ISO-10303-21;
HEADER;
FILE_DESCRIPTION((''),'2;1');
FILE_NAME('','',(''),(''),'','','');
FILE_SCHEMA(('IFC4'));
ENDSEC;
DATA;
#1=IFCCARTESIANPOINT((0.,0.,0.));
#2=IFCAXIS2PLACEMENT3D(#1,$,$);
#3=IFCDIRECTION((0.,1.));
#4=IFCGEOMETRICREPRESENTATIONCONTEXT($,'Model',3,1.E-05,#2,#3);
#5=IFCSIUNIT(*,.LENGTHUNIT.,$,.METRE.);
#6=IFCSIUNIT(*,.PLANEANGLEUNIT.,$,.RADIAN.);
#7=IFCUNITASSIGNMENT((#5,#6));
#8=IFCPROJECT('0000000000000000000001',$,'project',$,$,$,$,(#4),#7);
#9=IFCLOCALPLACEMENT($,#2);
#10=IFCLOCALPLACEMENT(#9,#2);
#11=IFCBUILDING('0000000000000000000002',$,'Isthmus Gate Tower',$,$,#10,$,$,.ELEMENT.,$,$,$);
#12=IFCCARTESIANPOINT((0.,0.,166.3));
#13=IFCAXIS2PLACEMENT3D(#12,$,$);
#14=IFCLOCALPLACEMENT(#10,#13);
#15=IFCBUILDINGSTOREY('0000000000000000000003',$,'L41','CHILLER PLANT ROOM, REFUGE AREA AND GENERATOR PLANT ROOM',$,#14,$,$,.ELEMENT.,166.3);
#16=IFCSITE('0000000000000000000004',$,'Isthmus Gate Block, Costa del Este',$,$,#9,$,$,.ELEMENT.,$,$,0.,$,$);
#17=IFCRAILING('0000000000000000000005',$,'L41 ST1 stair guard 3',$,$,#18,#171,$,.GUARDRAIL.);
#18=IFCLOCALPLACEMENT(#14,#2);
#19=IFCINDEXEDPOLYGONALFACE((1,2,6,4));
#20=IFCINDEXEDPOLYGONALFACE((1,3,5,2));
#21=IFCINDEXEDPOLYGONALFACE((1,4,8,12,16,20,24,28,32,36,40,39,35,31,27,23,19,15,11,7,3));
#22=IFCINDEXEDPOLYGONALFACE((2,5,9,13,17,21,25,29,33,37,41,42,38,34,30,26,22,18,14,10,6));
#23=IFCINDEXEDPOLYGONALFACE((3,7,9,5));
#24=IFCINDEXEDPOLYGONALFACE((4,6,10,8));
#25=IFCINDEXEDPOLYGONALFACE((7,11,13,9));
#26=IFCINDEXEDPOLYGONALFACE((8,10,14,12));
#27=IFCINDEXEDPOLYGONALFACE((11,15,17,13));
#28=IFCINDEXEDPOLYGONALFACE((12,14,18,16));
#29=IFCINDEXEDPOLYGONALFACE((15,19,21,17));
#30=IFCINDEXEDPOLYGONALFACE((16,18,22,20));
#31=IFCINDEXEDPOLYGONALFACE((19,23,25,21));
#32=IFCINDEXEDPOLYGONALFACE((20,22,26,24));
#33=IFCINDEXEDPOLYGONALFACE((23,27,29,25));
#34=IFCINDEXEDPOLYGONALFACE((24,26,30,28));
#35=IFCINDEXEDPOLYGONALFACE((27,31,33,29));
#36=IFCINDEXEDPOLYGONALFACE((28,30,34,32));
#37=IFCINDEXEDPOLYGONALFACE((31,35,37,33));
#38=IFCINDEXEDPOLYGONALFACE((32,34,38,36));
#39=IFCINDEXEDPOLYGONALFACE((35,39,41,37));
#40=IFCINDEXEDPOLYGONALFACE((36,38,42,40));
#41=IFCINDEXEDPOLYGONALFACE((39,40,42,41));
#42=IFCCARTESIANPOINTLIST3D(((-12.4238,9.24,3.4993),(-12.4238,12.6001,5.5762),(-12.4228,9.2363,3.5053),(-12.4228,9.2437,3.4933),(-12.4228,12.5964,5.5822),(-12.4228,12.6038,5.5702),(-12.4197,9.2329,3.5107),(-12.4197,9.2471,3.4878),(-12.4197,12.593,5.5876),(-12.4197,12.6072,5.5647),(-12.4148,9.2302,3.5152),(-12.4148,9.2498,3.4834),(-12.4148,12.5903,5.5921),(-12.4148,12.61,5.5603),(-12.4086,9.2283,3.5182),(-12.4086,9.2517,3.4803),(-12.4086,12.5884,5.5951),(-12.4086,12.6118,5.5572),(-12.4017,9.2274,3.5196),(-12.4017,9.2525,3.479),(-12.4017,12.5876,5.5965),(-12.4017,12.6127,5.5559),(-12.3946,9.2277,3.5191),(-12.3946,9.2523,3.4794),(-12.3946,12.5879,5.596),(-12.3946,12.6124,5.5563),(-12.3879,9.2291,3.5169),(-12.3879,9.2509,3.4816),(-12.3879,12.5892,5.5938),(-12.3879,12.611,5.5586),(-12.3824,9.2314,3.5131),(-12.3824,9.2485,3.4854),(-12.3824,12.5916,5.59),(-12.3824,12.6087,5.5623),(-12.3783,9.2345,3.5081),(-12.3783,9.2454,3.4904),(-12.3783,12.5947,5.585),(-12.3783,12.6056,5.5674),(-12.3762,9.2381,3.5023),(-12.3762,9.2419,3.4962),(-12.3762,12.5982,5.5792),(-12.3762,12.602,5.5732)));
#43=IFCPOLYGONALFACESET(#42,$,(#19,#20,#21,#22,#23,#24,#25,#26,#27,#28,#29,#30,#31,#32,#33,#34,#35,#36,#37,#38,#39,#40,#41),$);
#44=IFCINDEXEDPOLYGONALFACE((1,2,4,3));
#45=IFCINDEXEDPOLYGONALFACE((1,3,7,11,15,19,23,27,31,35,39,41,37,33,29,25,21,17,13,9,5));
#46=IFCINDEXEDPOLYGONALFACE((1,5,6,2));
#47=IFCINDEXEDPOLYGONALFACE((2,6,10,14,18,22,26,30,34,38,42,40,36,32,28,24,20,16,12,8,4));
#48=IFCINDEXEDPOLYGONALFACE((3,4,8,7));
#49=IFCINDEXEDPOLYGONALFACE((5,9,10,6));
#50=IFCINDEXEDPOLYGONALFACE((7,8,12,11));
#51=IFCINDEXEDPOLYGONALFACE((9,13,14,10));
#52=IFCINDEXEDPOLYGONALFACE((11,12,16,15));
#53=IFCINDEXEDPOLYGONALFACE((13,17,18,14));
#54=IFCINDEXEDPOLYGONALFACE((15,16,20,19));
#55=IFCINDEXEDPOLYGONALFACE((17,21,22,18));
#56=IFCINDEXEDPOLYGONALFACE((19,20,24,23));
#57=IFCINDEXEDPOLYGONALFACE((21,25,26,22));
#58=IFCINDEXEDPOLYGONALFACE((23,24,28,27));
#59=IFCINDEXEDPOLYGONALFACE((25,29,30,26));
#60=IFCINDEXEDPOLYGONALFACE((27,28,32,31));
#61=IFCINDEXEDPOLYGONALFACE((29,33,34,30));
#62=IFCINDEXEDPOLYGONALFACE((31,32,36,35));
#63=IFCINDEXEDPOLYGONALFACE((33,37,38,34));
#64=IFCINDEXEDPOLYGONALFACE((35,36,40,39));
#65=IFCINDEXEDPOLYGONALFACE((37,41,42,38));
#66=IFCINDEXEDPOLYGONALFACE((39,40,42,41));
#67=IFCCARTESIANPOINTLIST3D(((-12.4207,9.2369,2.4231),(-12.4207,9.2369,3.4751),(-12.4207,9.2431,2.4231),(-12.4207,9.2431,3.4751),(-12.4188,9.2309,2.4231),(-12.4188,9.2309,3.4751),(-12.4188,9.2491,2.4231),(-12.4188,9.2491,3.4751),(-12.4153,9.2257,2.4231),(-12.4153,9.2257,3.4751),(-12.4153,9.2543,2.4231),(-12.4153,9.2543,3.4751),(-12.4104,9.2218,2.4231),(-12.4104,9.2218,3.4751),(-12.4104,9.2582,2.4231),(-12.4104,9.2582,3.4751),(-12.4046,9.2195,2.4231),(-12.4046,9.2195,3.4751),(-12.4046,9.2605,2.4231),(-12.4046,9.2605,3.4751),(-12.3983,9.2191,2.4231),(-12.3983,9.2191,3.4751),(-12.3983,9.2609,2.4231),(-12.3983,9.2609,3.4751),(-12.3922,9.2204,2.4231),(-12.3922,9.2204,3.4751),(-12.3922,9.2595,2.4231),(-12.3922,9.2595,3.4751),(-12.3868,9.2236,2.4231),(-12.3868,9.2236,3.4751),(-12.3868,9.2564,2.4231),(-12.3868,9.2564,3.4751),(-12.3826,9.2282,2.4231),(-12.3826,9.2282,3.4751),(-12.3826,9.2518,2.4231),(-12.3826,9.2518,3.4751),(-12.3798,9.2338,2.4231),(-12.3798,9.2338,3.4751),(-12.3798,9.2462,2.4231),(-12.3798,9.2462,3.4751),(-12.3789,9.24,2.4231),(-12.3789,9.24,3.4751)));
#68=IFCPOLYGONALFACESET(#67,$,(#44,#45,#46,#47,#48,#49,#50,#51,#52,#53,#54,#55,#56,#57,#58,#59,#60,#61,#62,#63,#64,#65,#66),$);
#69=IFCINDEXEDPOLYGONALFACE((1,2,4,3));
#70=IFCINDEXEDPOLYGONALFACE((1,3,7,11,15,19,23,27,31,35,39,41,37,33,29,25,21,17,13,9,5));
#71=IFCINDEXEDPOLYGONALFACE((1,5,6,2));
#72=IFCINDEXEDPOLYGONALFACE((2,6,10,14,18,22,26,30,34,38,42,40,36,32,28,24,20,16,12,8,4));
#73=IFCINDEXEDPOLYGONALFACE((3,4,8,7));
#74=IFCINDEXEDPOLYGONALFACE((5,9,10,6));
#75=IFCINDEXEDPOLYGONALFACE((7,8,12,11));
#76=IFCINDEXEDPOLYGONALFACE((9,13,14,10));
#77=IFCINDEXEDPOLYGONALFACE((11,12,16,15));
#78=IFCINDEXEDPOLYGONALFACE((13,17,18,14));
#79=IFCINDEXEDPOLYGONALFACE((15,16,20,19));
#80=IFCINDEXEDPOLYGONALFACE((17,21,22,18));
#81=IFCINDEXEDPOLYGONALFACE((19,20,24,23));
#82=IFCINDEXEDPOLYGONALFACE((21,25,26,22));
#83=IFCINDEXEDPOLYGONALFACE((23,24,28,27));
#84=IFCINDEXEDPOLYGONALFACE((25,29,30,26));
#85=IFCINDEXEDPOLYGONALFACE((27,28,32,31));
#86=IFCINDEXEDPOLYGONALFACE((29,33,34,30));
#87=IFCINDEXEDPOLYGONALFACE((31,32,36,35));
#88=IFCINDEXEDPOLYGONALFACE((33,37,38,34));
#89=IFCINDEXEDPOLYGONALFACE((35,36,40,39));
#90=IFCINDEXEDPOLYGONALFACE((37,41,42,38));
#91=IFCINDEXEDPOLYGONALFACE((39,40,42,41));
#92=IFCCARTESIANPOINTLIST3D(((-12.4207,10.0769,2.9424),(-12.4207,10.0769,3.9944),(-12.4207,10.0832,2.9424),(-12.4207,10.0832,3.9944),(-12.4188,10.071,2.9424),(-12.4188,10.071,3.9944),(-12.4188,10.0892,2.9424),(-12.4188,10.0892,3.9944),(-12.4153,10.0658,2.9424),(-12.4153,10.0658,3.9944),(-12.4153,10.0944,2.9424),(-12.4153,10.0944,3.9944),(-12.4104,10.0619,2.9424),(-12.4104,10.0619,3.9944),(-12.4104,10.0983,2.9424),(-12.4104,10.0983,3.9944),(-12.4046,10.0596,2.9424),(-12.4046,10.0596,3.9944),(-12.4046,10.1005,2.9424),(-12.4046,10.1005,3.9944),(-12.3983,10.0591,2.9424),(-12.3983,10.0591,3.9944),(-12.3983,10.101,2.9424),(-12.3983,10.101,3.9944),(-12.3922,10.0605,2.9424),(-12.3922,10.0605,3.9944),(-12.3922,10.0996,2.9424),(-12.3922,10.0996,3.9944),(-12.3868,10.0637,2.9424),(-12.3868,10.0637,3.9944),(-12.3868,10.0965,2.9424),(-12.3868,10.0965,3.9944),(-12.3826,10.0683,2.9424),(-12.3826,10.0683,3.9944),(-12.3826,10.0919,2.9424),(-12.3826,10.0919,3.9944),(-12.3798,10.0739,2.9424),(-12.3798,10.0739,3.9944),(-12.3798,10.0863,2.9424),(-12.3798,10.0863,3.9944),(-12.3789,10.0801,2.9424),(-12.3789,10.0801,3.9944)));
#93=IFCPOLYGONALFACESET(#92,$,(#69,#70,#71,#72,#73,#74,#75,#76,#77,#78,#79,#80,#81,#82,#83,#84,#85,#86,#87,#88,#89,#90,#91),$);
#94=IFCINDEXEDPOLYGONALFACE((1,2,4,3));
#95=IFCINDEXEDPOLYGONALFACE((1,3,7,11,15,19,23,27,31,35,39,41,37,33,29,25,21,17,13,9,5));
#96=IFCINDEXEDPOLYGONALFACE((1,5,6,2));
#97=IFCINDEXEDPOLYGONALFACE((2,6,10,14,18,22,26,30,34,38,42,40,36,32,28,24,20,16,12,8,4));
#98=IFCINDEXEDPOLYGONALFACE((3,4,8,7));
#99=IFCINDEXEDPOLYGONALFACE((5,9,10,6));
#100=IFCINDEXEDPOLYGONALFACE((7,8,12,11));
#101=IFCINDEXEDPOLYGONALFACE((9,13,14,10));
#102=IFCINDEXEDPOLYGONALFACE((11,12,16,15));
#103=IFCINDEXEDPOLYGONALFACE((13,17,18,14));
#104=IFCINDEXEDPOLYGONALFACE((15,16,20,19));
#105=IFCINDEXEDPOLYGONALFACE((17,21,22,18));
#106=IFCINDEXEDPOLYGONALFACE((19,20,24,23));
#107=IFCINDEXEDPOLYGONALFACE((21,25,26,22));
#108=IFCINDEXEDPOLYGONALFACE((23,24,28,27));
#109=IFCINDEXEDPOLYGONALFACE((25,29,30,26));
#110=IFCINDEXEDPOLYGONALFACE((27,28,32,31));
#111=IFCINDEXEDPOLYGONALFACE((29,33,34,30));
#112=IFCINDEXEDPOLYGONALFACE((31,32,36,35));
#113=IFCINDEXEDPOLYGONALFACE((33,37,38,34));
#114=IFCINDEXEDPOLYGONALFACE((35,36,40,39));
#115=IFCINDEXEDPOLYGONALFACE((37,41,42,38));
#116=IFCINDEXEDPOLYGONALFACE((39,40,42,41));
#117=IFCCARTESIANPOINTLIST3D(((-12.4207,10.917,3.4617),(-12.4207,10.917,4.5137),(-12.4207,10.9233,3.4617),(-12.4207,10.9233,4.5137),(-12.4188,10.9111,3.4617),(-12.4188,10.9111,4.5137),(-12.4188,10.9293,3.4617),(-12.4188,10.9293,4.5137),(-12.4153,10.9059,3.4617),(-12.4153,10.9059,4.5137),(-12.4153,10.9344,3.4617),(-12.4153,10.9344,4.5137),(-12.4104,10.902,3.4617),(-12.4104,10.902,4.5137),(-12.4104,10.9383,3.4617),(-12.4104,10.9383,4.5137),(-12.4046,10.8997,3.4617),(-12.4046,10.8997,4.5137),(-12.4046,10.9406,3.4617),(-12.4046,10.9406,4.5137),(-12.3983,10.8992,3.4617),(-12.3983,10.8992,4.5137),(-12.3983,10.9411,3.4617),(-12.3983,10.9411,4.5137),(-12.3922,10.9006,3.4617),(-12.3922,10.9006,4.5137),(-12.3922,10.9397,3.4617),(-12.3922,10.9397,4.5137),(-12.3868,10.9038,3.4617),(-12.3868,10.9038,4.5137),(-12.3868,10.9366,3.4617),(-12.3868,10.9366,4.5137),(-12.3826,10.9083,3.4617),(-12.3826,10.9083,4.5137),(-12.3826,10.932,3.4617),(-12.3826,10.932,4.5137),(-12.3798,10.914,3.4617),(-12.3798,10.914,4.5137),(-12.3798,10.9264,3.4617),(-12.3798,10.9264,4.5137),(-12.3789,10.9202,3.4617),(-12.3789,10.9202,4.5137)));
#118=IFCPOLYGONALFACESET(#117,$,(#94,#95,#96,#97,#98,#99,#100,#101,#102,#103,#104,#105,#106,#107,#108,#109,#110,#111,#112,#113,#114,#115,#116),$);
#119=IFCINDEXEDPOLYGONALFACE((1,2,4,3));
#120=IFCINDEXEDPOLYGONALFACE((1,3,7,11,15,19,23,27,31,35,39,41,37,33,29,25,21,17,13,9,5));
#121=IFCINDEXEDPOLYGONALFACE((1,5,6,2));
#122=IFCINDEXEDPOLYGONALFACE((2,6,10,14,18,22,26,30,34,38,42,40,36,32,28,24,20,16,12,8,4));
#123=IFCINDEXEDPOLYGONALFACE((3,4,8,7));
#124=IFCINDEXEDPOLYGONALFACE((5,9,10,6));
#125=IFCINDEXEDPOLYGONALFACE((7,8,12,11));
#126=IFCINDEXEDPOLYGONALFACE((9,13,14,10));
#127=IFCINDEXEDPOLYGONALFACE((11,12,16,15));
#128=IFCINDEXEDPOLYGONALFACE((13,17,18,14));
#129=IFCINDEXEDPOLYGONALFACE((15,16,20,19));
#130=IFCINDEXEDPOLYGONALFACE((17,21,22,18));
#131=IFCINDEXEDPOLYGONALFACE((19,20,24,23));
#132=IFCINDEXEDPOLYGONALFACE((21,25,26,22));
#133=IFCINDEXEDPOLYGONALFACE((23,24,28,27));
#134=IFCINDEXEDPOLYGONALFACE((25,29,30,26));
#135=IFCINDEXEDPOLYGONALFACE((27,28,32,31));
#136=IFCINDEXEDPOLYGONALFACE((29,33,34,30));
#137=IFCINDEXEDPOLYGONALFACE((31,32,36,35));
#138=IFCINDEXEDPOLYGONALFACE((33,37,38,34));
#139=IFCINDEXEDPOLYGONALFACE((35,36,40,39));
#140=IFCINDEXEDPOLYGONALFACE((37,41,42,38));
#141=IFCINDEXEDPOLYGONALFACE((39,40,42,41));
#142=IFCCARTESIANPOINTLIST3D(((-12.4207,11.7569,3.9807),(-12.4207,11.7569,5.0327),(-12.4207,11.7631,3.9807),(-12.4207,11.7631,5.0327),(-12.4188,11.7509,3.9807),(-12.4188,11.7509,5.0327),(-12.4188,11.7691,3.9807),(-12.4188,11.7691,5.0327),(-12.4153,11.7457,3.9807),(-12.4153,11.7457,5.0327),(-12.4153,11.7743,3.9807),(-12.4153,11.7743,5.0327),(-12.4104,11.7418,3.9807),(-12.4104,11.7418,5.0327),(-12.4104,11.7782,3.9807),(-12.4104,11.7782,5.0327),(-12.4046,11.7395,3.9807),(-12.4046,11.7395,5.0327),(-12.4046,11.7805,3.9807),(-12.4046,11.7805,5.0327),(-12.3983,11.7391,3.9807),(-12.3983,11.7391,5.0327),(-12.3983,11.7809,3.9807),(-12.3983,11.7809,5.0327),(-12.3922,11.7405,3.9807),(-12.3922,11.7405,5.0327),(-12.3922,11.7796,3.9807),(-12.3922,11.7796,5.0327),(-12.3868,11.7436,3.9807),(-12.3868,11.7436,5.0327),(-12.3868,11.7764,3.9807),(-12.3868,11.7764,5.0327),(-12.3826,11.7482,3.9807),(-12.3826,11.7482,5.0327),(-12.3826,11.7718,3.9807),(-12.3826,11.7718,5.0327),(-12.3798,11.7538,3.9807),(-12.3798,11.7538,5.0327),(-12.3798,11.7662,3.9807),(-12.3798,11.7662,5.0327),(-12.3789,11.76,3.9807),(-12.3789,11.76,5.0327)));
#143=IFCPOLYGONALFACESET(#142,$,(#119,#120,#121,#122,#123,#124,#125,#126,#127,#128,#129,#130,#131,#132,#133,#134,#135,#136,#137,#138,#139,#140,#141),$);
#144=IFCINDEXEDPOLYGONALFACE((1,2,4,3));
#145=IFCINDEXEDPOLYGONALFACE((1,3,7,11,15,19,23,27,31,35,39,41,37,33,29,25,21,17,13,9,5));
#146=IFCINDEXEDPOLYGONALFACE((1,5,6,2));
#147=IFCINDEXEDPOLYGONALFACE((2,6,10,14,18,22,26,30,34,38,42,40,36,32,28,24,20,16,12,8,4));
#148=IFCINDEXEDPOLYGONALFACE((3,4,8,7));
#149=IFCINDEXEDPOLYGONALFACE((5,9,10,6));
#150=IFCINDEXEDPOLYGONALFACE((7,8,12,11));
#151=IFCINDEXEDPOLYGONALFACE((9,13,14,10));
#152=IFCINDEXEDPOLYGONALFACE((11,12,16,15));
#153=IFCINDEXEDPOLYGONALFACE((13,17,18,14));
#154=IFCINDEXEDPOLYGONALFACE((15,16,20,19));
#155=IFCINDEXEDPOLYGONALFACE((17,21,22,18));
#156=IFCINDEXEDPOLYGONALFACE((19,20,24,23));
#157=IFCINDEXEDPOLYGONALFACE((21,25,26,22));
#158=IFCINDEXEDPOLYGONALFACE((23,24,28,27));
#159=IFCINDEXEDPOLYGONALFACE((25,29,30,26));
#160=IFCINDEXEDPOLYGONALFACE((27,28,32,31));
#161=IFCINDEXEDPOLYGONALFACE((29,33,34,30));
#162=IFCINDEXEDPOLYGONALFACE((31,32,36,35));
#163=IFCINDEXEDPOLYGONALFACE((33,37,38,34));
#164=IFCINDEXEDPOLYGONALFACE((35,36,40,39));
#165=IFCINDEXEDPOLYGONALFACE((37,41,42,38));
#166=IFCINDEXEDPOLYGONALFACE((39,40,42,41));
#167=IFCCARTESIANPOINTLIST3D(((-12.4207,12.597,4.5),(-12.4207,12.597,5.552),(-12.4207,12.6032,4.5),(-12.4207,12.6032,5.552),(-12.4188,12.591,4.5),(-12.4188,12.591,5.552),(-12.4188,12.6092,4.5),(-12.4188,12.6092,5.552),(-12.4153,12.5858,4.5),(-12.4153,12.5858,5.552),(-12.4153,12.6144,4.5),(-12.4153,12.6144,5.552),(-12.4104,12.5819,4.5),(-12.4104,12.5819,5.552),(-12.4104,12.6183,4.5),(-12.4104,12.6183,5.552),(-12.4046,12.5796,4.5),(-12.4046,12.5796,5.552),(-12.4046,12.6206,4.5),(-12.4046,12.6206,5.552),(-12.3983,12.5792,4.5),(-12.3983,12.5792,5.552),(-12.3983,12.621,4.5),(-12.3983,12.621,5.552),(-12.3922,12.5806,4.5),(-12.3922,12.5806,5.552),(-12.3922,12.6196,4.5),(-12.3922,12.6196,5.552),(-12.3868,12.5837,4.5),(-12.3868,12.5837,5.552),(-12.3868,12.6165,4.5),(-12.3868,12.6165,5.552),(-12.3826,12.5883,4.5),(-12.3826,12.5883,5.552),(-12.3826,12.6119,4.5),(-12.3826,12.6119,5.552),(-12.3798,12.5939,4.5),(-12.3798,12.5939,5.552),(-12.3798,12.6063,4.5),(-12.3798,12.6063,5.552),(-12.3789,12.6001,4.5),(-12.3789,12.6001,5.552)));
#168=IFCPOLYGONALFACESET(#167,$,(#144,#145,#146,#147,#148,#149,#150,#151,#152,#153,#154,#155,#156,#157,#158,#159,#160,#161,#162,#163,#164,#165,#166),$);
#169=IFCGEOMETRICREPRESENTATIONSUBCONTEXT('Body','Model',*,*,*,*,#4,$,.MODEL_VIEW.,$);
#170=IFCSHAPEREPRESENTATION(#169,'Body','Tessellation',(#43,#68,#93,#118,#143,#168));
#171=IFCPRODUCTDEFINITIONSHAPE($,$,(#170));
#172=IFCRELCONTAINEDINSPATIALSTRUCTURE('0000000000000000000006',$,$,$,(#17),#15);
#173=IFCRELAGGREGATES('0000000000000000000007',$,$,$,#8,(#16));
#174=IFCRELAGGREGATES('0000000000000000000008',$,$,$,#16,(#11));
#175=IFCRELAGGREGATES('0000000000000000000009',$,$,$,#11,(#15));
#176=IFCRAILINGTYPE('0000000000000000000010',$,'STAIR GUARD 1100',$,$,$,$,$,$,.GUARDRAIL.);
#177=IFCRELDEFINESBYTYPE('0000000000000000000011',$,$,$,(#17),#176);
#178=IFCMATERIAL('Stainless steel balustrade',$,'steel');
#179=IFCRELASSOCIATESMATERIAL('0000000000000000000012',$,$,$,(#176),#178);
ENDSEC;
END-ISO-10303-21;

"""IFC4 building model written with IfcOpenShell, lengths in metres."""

from ifc_helpers import new_model, si_unit, direction, frame, origin, origin_2d, place, context, subcontext, project, spatial, circle, extrude, material, type_object, element, save


model = new_model("IFC4")

# Units and contexts
model_context = context("Model", 3, precision=1e-05, world=origin(), true_north=direction((0.0, 1.0)))
body_context = subcontext(model_context, "Body", "Model", "MODEL_VIEW")
ifc_project = project(units=[si_unit("LENGTHUNIT", "METRE"), si_unit("PLANEANGLEUNIT", "RADIAN")], contexts=[model_context])

# Site, building, storey
site_placement = place(None, origin())
site = spatial("IfcSite", under=ifc_project, at=site_placement, Name="Isthmus Gate Block, Costa del Este", CompositionType="ELEMENT", RefElevation=0.0)
building_placement = place(site_placement, origin())
building = spatial("IfcBuilding", under=site, at=building_placement, Name="Isthmus Gate Tower", CompositionType="ELEMENT")
storey_placement = place(building_placement, frame((0.0, 0.0, 166.3)))
storey = spatial("IfcBuildingStorey", under=building, at=storey_placement, Name="L41", Description="CHILLER PLANT ROOM, REFUGE AREA AND GENERATOR PLANT ROOM", CompositionType="ELEMENT", Elevation=166.3)

# Railing
ifc_material_1 = material(Name="Stainless steel balustrade", Category="steel")
railing_type_1 = type_object("IfcRailingType", Name="STAIR GUARD 1100", PredefinedType="GUARDRAIL", material=ifc_material_1)
for number, where, name in (
    (1, (-12.3999, 9.24, 2.4231), "L41 ST1 stair guard 3"),
):
    element("IfcRailing", number, at=place(storey_placement, frame(where)), inside=storey, type_object=railing_type_1, Name=name, PredefinedType="GUARDRAIL", context=body_context, shape_type="SweptSolid", body=[
        extrude(circle(Radius=0.0239, at=origin_2d()), frame((0.0, 0.0, 1.0762), z_axis=(0.0, 0.850623, 0.525776), x_axis=(-1.0, 0.0, 0.0)), (0.0, 0.0, 1.0), 3.9502),
        extrude(circle(Radius=0.021, at=origin_2d()), origin(), (0.0, 0.0, 1.0), 1.052),
        extrude(circle(Radius=0.021, at=origin_2d()), frame((0.0, 0.8401, 0.5193)), (0.0, 0.0, 1.0), 1.052),
        extrude(circle(Radius=0.021, at=origin_2d()), frame((0.0, 1.6802, 1.0386)), (0.0, 0.0, 1.0), 1.052),
        extrude(circle(Radius=0.021, at=origin_2d()), frame((0.0, 2.52, 1.5576)), (0.0, 0.0, 1.0), 1.052),
        extrude(circle(Radius=0.021, at=origin_2d()), frame((0.0, 3.3601, 2.0769)), (0.0, 0.0, 1.0), 1.052),
    ])

save(model, "model.ifc")
